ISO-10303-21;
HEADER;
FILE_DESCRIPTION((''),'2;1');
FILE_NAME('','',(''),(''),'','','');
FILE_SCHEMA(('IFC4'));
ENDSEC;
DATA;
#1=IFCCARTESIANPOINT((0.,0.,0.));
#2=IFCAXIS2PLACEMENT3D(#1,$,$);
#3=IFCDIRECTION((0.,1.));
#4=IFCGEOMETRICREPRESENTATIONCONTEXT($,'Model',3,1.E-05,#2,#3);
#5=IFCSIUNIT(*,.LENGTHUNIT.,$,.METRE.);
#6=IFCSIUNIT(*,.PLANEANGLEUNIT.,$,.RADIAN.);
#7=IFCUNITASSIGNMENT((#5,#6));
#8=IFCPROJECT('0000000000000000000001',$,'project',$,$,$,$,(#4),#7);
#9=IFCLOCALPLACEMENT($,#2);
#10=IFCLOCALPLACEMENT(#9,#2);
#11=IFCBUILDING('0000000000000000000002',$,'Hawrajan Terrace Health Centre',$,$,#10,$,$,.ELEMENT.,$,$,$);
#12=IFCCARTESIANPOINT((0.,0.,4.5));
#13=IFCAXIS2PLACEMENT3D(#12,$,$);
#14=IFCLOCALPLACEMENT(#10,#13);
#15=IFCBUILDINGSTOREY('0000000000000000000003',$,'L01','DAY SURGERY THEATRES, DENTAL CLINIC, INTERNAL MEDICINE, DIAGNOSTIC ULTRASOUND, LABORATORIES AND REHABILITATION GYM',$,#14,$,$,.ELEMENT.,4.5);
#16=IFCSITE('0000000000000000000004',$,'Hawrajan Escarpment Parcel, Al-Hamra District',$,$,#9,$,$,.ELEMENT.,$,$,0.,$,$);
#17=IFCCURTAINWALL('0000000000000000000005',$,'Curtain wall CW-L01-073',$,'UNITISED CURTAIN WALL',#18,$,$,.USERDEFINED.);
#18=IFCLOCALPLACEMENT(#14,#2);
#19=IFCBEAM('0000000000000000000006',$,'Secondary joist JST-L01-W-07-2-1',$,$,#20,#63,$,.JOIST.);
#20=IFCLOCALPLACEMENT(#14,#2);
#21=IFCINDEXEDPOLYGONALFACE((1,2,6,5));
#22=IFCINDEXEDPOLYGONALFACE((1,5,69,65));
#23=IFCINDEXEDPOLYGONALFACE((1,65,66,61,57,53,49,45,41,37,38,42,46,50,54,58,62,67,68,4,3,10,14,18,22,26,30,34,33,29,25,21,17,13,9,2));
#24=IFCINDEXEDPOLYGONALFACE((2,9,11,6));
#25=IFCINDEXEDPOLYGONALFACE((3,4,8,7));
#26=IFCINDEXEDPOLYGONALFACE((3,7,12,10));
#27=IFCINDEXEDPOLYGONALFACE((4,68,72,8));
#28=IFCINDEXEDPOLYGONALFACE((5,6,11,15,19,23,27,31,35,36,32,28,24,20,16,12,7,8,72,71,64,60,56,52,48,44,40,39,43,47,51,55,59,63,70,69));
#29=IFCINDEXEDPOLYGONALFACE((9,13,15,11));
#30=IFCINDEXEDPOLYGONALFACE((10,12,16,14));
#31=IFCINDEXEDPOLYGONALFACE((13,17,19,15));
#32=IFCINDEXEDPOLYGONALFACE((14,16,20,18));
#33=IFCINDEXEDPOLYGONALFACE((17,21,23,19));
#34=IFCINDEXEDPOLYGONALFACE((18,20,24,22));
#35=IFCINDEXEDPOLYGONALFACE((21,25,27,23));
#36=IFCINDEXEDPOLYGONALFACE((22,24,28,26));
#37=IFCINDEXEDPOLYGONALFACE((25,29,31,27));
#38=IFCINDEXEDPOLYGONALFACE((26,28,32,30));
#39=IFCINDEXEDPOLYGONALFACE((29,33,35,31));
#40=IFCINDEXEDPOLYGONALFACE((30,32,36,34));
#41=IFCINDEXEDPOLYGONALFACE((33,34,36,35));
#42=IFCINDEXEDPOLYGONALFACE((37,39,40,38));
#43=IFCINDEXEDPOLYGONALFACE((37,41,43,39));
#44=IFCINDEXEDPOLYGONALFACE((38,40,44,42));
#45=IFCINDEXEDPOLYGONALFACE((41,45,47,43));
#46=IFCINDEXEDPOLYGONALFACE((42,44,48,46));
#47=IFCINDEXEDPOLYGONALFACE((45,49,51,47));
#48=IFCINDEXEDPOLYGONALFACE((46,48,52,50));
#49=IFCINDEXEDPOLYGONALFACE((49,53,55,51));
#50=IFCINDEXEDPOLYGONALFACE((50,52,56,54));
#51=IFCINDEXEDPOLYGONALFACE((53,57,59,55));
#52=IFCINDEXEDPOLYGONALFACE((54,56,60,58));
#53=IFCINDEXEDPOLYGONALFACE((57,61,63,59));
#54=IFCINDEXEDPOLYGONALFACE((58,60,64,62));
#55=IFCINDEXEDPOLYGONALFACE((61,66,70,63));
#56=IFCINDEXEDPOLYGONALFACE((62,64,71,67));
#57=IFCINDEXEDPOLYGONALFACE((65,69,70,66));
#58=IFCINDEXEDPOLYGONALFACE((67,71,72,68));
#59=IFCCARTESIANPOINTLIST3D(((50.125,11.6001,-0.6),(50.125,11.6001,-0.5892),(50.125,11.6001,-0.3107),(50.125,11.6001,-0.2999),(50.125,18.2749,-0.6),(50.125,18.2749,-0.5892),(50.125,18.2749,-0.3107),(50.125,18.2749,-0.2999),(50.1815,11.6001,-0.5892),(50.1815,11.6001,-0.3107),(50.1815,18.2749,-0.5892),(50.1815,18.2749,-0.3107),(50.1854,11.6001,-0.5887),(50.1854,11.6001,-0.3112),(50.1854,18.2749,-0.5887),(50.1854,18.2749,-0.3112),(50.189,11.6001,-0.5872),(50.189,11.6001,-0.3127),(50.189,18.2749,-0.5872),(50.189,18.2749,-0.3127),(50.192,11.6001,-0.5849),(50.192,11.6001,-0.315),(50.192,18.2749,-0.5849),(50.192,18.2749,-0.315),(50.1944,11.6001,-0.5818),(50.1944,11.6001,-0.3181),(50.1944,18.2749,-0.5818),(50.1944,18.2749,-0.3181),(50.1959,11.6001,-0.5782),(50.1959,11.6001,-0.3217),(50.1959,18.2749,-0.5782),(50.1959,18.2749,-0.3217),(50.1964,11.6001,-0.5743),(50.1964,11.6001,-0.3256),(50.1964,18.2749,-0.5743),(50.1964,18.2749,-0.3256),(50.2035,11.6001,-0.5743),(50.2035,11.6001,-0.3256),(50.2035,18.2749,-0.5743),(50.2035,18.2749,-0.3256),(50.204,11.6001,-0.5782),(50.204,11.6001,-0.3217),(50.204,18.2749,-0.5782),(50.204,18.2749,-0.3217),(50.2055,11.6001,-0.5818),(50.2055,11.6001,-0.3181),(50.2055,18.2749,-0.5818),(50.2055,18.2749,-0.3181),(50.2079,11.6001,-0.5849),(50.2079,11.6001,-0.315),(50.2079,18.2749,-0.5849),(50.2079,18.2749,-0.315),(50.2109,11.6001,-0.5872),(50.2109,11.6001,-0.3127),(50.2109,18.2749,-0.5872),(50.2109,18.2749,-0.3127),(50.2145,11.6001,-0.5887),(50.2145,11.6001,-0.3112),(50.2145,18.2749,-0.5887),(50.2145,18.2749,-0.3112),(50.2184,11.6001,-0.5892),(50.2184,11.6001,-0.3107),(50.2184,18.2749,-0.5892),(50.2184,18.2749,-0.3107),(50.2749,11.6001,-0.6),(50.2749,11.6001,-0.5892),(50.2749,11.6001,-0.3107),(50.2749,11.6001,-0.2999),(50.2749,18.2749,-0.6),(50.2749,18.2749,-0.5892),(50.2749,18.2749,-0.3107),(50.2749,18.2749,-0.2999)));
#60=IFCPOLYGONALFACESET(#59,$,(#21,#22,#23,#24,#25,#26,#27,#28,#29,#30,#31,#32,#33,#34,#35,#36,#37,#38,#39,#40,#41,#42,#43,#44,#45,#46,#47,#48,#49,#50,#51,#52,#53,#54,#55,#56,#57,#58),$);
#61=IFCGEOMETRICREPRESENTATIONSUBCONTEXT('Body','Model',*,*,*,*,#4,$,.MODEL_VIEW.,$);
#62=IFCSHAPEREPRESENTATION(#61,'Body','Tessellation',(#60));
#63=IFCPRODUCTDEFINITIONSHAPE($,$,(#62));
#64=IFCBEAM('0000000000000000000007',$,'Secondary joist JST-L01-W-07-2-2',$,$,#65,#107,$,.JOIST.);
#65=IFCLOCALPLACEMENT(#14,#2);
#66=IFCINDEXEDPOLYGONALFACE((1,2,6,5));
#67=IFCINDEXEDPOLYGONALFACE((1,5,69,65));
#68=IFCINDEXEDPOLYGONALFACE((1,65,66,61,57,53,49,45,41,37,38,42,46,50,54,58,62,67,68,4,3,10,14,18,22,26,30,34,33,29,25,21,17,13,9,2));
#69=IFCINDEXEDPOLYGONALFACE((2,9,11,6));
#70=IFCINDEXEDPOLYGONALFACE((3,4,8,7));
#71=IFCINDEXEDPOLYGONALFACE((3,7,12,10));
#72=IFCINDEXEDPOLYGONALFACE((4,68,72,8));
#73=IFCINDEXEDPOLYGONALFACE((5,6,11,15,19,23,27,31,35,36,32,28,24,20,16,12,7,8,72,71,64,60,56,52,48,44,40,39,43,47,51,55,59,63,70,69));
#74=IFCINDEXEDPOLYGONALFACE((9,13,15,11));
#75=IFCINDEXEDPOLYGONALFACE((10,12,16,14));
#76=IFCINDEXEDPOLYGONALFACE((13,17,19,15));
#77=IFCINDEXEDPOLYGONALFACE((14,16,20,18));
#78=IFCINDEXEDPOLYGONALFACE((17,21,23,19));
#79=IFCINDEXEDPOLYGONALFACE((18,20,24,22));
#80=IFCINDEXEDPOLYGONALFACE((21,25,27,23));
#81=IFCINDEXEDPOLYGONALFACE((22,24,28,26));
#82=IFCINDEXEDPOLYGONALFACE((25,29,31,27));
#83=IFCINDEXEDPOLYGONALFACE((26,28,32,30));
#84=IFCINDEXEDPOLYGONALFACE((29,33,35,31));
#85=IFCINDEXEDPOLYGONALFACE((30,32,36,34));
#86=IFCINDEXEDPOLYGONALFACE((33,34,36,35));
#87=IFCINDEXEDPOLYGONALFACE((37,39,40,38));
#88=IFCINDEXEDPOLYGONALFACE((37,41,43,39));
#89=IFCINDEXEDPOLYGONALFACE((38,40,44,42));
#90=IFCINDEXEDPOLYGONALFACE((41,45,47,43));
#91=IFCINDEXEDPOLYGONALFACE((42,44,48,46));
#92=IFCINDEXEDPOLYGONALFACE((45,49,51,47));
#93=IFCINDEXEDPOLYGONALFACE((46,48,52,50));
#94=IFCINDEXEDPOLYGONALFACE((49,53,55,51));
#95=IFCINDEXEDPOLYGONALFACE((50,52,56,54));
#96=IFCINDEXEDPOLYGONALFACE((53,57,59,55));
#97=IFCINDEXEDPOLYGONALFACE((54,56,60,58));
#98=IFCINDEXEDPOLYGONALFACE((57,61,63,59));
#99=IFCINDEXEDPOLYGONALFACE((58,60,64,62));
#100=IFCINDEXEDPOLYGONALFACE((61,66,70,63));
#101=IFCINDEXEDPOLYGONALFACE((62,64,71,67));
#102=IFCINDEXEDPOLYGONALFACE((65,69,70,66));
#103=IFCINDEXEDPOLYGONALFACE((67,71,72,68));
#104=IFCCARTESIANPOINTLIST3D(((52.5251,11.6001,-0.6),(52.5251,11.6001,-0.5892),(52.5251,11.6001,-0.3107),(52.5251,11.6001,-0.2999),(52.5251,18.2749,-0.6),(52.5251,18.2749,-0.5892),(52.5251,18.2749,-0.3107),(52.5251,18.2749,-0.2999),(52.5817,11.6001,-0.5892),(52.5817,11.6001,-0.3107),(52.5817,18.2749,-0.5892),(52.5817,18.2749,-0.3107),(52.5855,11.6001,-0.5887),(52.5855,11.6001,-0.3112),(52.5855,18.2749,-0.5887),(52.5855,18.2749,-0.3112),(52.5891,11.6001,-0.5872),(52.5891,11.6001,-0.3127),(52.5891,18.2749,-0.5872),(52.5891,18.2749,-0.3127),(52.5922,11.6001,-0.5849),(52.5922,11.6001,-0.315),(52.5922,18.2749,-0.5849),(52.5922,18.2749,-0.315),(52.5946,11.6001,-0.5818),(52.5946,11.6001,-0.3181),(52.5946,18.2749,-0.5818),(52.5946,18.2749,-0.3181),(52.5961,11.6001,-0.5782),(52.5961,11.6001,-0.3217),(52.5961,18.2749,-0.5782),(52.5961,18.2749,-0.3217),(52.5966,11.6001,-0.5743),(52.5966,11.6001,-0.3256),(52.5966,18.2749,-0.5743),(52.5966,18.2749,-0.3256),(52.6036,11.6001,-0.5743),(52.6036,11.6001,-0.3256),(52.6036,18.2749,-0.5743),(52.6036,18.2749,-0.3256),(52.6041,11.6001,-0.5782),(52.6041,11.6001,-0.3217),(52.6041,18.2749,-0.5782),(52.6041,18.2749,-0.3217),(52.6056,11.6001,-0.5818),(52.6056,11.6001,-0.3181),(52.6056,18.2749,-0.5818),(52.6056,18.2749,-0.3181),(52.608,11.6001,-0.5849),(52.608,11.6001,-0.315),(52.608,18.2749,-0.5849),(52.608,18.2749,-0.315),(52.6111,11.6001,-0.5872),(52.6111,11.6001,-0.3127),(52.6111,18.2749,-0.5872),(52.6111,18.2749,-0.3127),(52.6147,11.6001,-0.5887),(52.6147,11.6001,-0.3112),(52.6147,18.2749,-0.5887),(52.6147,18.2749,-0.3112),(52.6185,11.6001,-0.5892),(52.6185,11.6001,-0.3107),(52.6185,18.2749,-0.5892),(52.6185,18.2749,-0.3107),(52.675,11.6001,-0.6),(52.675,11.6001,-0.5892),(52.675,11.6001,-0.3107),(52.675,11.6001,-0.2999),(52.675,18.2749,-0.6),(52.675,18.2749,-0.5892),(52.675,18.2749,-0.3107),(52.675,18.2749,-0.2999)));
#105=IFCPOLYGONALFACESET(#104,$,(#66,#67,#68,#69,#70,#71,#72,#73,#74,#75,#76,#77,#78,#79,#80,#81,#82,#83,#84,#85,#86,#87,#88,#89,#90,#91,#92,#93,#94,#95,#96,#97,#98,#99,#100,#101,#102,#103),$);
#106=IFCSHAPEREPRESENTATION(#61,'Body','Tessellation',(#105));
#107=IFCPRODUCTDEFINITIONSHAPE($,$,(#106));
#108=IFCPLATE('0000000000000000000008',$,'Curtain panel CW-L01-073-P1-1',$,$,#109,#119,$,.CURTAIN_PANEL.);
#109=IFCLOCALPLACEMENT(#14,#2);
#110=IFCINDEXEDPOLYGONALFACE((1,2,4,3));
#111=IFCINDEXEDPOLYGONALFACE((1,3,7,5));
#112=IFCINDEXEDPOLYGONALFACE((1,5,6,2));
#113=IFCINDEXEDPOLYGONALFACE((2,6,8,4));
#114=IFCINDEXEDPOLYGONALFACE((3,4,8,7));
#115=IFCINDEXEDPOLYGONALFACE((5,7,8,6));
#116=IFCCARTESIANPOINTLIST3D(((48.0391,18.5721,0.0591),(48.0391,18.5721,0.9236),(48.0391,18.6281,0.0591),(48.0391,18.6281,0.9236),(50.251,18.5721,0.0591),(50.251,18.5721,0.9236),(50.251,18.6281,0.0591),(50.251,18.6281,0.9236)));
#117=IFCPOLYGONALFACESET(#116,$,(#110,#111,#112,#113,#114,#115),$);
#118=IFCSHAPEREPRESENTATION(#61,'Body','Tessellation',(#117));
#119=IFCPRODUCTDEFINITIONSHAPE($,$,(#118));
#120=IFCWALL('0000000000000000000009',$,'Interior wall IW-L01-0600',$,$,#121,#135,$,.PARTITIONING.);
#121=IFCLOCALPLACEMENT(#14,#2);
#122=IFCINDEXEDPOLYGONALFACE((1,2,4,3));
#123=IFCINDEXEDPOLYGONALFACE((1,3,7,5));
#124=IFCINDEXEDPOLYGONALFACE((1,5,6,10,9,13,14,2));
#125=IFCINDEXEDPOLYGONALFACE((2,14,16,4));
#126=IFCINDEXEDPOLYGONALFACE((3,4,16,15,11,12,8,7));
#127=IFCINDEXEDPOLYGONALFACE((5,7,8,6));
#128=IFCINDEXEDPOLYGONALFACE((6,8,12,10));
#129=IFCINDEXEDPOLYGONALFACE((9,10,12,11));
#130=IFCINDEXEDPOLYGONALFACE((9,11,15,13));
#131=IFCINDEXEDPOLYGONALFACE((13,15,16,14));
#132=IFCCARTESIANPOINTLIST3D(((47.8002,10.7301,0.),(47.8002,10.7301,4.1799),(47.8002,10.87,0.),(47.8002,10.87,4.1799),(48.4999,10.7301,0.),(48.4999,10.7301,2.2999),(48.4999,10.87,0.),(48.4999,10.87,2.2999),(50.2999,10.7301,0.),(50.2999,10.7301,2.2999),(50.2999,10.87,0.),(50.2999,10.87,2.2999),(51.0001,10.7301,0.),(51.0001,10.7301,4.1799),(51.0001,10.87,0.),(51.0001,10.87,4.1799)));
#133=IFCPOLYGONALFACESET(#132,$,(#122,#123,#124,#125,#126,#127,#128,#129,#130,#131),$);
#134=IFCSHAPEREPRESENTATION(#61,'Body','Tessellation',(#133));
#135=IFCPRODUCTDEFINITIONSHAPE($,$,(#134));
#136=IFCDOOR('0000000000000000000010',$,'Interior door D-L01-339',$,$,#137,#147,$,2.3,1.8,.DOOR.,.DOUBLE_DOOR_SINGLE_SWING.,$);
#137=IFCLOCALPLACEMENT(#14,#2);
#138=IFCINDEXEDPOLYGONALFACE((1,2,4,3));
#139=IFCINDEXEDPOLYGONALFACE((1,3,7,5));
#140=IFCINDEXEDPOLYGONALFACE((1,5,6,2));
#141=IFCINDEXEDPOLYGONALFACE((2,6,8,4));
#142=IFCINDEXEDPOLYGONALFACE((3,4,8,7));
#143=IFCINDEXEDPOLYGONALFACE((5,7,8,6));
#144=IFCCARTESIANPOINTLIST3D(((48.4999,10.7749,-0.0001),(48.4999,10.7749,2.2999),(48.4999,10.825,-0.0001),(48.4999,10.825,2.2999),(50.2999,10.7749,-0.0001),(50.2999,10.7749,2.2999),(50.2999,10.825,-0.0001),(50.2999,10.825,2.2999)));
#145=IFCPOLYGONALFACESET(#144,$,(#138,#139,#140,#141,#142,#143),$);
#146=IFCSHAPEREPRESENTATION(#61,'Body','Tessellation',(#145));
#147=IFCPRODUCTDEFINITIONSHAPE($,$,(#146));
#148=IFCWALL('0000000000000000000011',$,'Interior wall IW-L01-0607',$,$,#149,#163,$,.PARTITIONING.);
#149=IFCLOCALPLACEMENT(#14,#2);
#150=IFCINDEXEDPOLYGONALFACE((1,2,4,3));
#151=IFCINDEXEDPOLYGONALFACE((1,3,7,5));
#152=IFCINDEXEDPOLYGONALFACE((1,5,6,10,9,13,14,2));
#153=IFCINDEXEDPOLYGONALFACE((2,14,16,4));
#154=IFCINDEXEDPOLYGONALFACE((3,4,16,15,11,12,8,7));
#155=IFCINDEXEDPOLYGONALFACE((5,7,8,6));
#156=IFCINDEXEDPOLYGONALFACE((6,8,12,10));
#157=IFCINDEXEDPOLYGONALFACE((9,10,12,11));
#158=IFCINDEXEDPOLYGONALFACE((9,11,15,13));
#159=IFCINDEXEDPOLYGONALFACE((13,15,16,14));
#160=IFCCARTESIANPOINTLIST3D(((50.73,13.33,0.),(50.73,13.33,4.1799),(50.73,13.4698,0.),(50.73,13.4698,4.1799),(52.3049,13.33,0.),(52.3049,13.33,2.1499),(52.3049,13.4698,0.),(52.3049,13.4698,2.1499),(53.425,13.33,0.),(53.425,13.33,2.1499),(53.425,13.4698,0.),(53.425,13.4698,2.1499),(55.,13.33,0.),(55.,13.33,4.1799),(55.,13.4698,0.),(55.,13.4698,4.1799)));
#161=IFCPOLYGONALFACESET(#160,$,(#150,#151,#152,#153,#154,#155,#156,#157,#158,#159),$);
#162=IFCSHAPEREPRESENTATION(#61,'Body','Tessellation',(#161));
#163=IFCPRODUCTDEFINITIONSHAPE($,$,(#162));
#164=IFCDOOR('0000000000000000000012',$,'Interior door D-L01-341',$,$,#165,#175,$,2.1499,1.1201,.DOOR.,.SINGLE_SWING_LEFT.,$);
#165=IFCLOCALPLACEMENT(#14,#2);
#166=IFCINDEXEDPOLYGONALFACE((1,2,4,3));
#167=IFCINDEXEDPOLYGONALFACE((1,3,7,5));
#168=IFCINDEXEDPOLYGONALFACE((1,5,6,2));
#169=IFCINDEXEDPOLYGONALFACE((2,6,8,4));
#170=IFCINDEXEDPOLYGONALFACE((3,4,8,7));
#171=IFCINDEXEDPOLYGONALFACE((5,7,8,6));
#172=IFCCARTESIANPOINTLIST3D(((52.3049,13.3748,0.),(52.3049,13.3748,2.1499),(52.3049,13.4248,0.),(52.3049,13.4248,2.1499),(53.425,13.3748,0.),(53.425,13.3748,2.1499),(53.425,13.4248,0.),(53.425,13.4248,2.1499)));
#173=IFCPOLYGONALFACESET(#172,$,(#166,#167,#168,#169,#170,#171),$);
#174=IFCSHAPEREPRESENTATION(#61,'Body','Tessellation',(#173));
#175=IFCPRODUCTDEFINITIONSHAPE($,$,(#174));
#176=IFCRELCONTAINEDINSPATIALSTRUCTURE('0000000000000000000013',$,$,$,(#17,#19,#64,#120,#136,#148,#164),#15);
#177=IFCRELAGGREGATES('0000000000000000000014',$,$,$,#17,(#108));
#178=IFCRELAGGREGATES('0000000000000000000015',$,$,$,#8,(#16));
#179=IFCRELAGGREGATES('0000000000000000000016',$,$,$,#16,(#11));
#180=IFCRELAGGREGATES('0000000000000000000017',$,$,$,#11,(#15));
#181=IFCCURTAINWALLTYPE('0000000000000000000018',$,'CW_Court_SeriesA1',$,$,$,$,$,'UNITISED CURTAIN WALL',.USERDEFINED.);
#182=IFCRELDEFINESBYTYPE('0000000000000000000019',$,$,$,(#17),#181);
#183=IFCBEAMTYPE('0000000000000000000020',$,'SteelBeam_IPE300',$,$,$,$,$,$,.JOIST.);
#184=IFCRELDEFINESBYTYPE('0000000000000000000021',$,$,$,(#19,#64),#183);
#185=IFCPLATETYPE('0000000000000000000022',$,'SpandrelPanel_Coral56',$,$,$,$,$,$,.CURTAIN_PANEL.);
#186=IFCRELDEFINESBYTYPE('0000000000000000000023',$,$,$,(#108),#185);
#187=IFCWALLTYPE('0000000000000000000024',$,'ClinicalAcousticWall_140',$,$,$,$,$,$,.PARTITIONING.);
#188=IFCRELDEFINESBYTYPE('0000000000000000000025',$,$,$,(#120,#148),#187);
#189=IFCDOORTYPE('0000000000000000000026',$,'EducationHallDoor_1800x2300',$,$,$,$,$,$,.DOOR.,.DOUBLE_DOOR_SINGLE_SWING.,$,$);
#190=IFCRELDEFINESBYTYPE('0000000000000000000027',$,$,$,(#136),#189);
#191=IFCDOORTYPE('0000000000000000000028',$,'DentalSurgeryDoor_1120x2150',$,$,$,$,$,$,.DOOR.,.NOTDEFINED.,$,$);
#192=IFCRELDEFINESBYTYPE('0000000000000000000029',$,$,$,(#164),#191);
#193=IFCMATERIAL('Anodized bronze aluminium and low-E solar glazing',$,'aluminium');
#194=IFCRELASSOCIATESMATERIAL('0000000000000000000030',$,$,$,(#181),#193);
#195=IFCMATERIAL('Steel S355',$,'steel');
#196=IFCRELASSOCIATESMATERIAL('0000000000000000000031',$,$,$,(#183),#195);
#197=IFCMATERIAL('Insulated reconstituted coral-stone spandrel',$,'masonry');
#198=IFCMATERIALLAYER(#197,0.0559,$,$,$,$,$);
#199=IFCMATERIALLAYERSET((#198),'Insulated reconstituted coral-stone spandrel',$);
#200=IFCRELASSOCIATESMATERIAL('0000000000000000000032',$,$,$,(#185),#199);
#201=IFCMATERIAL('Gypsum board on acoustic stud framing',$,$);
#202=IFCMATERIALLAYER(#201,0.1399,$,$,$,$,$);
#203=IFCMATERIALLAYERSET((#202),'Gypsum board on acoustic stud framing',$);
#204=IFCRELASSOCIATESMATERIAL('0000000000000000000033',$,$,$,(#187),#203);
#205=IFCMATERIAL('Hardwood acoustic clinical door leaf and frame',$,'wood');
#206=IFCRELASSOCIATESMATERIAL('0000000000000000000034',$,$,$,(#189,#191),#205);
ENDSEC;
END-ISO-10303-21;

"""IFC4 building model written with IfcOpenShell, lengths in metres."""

from ifc_helpers import new_model, si_unit, direction, frame, frame_2d, origin, origin_2d, place, context, subcontext, project, spatial, rectangle, i_section, extrude, material, layer, layer_set, material_profile, profile_set, type_object, element, fill, aggregate, save


model = new_model("IFC4")

# Units and contexts
model_context = context("Model", 3, precision=1e-05, world=origin(), true_north=direction((0.0, 1.0)))
body_context = subcontext(model_context, "Body", "Model", "MODEL_VIEW")
ifc_project = project(units=[si_unit("LENGTHUNIT", "METRE"), si_unit("PLANEANGLEUNIT", "RADIAN")], contexts=[model_context])

# Site, building, storey
site_placement = place(None, origin())
site = spatial("IfcSite", under=ifc_project, at=site_placement, Name="Hawrajan Escarpment Parcel, Al-Hamra District", CompositionType="ELEMENT", RefElevation=0.0)
building_placement = place(site_placement, origin())
building = spatial("IfcBuilding", under=site, at=building_placement, Name="Hawrajan Terrace Health Centre", CompositionType="ELEMENT")
storey_placement = place(building_placement, frame((0.0, 0.0, 4.5)))
storey = spatial("IfcBuildingStorey", under=building, at=storey_placement, Name="L01", Description="DAY SURGERY THEATRES, DENTAL CLINIC, INTERNAL MEDICINE, DIAGNOSTIC ULTRASOUND, LABORATORIES AND REHABILITATION GYM", CompositionType="ELEMENT", Elevation=4.5)

# Shared definitions
ifc_material_1 = material(Name="Anodized bronze aluminium and low-E solar glazing", Category="aluminium")

# Curtain wall
curtain_wall_type_1 = type_object("IfcCurtainWallType", Name="CW_Court_SeriesA1", ElementType="UNITISED CURTAIN WALL", PredefinedType="USERDEFINED", material=ifc_material_1)
curtain_wall_1_placement = place(storey_placement, origin())
curtain_wall_1 = element("IfcCurtainWall", 1, at=curtain_wall_1_placement, inside=storey, type_object=curtain_wall_type_1, Name="Curtain wall CW-L01-073", ObjectType="UNITISED CURTAIN WALL", PredefinedType="USERDEFINED")

# Beams
ifc_material_2 = material(Name="Steel S355", Category="steel")
ifc_material_profile_1 = material_profile(ifc_material_2, i_section(OverallWidth=0.1499, OverallDepth=0.3, WebThickness=0.0071, FlangeThickness=0.0107, FilletRadius=0.0149, at=origin_2d()), Name="IPE 300")
ifc_profile_set_1 = profile_set([ifc_material_profile_1], Name="Steel S355")
beam_type_1 = type_object("IfcBeamType", Name="SteelBeam_IPE300", PredefinedType="JOIST", material=ifc_profile_set_1)
for number, where, z_axis, x_axis, name in (
    (2, (50.2, 11.6001, -0.45), (0.0, 1.0, 0.0), (-1.0, 0.0, 0.0), "Secondary joist JST-L01-W-07-2-1"),
    (3, (52.6001, 11.6001, -0.45), (0.0, 1.0, 0.0), (-1.0, 0.0, 0.0), "Secondary joist JST-L01-W-07-2-2"),
):
    element("IfcBeam", number, at=place(storey_placement, frame(where, z_axis=z_axis, x_axis=x_axis)), inside=storey, type_object=beam_type_1, Name=name, PredefinedType="JOIST", context=body_context, shape_type="SweptSolid", body=[
        extrude(i_section(OverallWidth=0.1499, OverallDepth=0.3, WebThickness=0.0071, FlangeThickness=0.0107, FilletRadius=0.0149, at=origin_2d()), origin(), (0.0, 0.0, 1.0), 6.6748),
    ])

# Plate
ifc_material_3 = material(Name="Insulated reconstituted coral-stone spandrel", Category="masonry")
ifc_layer_1 = layer(ifc_material_3, 0.0559)
ifc_layer_set_1 = layer_set([ifc_layer_1], Name="Insulated reconstituted coral-stone spandrel")
plate_type = type_object("IfcPlateType", Name="SpandrelPanel_Coral56", PredefinedType="CURTAIN_PANEL", material=ifc_layer_set_1)
plate_placement = place(storey_placement, frame((49.145, 18.6001, 0.0591), z_axis=(0.0, 0.0, 1.0), x_axis=(1.0, 0.0, 0.0)))
plate = element("IfcPlate", 4, at=plate_placement, type_object=plate_type, Name="Curtain panel CW-L01-073-P1-1", PredefinedType="CURTAIN_PANEL", context=body_context, shape_type="SweptSolid", body=[
    extrude(rectangle(XDim=2.2119, YDim=0.0559, at=origin_2d()), origin(), (0.0, 0.0, 1.0), 0.8645),
])
aggregate(curtain_wall_1, [plate])

# Walls, openings, doors
ifc_material_4 = material(Name="Gypsum board on acoustic stud framing")
ifc_layer_2 = layer(ifc_material_4, 0.1399)
ifc_layer_set_2 = layer_set([ifc_layer_2], Name="Gypsum board on acoustic stud framing")
wall_type_1 = type_object("IfcWallType", Name="ClinicalAcousticWall_140", PredefinedType="PARTITIONING", material=ifc_layer_set_2)
wall_1_placement = place(storey_placement, frame((47.8, 10.8, 0.0), z_axis=(0.0, 0.0, 1.0), x_axis=(1.0, 0.0, 0.0)))
wall_1 = element("IfcWall", 5, at=wall_1_placement, inside=storey, type_object=wall_type_1, Name="Interior wall IW-L01-0600", PredefinedType="PARTITIONING", context=body_context, shape_type="SweptSolid", body=[
    extrude(rectangle(XDim=3.2, YDim=0.1399, at=frame_2d((1.6001, 0.0))), origin(), (0.0, 0.0, 1.0), 4.1799),
])
opening_1_placement = place(wall_1_placement, frame((0.7, 0.0, 0.0)))
opening_1 = element("IfcOpeningElement", 6, at=opening_1_placement, cuts=wall_1, PredefinedType="OPENING", context=body_context, shape_type="SweptSolid", body=[
    extrude(rectangle(XDim=1.8, YDim=2.3, at=frame_2d((0.8999, 1.1499))), frame((0.0, 0.0798, 0.0), z_axis=(0.0, -1.0, 0.0), x_axis=(1.0, 0.0, 0.0)), (0.0, 0.0, 1.0), 0.1599),
])
ifc_material_5 = material(Name="Hardwood acoustic clinical door leaf and frame", Category="wood")
door_type_1 = type_object("IfcDoorType", Name="EducationHallDoor_1800x2300", OperationType="DOUBLE_DOOR_SINGLE_SWING", PredefinedType="DOOR", material=ifc_material_5)
door_1_placement = place(opening_1_placement, origin())
door_1 = element("IfcDoor", 7, at=door_1_placement, inside=storey, type_object=door_type_1, Name="Interior door D-L01-339", OperationType="DOUBLE_DOOR_SINGLE_SWING", OverallHeight=2.3, OverallWidth=1.8, PredefinedType="DOOR", context=body_context, shape_type="SweptSolid", body=[
    extrude(rectangle(XDim=1.8, YDim=2.3, at=frame_2d((0.8999, 1.1499))), frame((0.0, 0.0249, 0.0), z_axis=(0.0, -1.0, 0.0), x_axis=(1.0, 0.0, 0.0)), (0.0, 0.0, 1.0), 0.05),
])
fill(opening_1, door_1)
wall_2_placement = place(storey_placement, frame((50.73, 13.3999, 0.0), z_axis=(0.0, 0.0, 1.0), x_axis=(1.0, 0.0, 0.0)))
wall_2 = element("IfcWall", 8, at=wall_2_placement, inside=storey, type_object=wall_type_1, Name="Interior wall IW-L01-0607", PredefinedType="PARTITIONING", context=body_context, shape_type="SweptSolid", body=[
    extrude(rectangle(XDim=4.27, YDim=0.1399, at=frame_2d((2.135, 0.0))), origin(), (0.0, 0.0, 1.0), 4.1799),
])
opening_2_placement = place(wall_2_placement, frame((1.575, 0.0, 0.0)))
opening_2 = element("IfcOpeningElement", 9, at=opening_2_placement, cuts=wall_2, PredefinedType="OPENING", context=body_context, shape_type="SweptSolid", body=[
    extrude(rectangle(XDim=1.1201, YDim=2.1499, at=frame_2d((0.5601, 1.075))), frame((0.0, 0.0798, 0.0), z_axis=(0.0, -1.0, 0.0), x_axis=(1.0, 0.0, 0.0)), (0.0, 0.0, 1.0), 0.1599),
])
door_type_2 = type_object("IfcDoorType", Name="DentalSurgeryDoor_1120x2150", OperationType="NOTDEFINED", PredefinedType="DOOR", material=ifc_material_5)
door_2_placement = place(opening_2_placement, origin())
door_2 = element("IfcDoor", 10, at=door_2_placement, inside=storey, type_object=door_type_2, Name="Interior door D-L01-341", OperationType="SINGLE_SWING_LEFT", OverallHeight=2.1499, OverallWidth=1.1201, PredefinedType="DOOR", context=body_context, shape_type="SweptSolid", body=[
    extrude(rectangle(XDim=1.1201, YDim=2.1499, at=frame_2d((0.5601, 1.075))), frame((0.0, 0.0249, 0.0), z_axis=(0.0, -1.0, 0.0), x_axis=(1.0, 0.0, 0.0)), (0.0, 0.0, 1.0), 0.05),
])
fill(opening_2, door_2)

save(model, "model.ifc")
